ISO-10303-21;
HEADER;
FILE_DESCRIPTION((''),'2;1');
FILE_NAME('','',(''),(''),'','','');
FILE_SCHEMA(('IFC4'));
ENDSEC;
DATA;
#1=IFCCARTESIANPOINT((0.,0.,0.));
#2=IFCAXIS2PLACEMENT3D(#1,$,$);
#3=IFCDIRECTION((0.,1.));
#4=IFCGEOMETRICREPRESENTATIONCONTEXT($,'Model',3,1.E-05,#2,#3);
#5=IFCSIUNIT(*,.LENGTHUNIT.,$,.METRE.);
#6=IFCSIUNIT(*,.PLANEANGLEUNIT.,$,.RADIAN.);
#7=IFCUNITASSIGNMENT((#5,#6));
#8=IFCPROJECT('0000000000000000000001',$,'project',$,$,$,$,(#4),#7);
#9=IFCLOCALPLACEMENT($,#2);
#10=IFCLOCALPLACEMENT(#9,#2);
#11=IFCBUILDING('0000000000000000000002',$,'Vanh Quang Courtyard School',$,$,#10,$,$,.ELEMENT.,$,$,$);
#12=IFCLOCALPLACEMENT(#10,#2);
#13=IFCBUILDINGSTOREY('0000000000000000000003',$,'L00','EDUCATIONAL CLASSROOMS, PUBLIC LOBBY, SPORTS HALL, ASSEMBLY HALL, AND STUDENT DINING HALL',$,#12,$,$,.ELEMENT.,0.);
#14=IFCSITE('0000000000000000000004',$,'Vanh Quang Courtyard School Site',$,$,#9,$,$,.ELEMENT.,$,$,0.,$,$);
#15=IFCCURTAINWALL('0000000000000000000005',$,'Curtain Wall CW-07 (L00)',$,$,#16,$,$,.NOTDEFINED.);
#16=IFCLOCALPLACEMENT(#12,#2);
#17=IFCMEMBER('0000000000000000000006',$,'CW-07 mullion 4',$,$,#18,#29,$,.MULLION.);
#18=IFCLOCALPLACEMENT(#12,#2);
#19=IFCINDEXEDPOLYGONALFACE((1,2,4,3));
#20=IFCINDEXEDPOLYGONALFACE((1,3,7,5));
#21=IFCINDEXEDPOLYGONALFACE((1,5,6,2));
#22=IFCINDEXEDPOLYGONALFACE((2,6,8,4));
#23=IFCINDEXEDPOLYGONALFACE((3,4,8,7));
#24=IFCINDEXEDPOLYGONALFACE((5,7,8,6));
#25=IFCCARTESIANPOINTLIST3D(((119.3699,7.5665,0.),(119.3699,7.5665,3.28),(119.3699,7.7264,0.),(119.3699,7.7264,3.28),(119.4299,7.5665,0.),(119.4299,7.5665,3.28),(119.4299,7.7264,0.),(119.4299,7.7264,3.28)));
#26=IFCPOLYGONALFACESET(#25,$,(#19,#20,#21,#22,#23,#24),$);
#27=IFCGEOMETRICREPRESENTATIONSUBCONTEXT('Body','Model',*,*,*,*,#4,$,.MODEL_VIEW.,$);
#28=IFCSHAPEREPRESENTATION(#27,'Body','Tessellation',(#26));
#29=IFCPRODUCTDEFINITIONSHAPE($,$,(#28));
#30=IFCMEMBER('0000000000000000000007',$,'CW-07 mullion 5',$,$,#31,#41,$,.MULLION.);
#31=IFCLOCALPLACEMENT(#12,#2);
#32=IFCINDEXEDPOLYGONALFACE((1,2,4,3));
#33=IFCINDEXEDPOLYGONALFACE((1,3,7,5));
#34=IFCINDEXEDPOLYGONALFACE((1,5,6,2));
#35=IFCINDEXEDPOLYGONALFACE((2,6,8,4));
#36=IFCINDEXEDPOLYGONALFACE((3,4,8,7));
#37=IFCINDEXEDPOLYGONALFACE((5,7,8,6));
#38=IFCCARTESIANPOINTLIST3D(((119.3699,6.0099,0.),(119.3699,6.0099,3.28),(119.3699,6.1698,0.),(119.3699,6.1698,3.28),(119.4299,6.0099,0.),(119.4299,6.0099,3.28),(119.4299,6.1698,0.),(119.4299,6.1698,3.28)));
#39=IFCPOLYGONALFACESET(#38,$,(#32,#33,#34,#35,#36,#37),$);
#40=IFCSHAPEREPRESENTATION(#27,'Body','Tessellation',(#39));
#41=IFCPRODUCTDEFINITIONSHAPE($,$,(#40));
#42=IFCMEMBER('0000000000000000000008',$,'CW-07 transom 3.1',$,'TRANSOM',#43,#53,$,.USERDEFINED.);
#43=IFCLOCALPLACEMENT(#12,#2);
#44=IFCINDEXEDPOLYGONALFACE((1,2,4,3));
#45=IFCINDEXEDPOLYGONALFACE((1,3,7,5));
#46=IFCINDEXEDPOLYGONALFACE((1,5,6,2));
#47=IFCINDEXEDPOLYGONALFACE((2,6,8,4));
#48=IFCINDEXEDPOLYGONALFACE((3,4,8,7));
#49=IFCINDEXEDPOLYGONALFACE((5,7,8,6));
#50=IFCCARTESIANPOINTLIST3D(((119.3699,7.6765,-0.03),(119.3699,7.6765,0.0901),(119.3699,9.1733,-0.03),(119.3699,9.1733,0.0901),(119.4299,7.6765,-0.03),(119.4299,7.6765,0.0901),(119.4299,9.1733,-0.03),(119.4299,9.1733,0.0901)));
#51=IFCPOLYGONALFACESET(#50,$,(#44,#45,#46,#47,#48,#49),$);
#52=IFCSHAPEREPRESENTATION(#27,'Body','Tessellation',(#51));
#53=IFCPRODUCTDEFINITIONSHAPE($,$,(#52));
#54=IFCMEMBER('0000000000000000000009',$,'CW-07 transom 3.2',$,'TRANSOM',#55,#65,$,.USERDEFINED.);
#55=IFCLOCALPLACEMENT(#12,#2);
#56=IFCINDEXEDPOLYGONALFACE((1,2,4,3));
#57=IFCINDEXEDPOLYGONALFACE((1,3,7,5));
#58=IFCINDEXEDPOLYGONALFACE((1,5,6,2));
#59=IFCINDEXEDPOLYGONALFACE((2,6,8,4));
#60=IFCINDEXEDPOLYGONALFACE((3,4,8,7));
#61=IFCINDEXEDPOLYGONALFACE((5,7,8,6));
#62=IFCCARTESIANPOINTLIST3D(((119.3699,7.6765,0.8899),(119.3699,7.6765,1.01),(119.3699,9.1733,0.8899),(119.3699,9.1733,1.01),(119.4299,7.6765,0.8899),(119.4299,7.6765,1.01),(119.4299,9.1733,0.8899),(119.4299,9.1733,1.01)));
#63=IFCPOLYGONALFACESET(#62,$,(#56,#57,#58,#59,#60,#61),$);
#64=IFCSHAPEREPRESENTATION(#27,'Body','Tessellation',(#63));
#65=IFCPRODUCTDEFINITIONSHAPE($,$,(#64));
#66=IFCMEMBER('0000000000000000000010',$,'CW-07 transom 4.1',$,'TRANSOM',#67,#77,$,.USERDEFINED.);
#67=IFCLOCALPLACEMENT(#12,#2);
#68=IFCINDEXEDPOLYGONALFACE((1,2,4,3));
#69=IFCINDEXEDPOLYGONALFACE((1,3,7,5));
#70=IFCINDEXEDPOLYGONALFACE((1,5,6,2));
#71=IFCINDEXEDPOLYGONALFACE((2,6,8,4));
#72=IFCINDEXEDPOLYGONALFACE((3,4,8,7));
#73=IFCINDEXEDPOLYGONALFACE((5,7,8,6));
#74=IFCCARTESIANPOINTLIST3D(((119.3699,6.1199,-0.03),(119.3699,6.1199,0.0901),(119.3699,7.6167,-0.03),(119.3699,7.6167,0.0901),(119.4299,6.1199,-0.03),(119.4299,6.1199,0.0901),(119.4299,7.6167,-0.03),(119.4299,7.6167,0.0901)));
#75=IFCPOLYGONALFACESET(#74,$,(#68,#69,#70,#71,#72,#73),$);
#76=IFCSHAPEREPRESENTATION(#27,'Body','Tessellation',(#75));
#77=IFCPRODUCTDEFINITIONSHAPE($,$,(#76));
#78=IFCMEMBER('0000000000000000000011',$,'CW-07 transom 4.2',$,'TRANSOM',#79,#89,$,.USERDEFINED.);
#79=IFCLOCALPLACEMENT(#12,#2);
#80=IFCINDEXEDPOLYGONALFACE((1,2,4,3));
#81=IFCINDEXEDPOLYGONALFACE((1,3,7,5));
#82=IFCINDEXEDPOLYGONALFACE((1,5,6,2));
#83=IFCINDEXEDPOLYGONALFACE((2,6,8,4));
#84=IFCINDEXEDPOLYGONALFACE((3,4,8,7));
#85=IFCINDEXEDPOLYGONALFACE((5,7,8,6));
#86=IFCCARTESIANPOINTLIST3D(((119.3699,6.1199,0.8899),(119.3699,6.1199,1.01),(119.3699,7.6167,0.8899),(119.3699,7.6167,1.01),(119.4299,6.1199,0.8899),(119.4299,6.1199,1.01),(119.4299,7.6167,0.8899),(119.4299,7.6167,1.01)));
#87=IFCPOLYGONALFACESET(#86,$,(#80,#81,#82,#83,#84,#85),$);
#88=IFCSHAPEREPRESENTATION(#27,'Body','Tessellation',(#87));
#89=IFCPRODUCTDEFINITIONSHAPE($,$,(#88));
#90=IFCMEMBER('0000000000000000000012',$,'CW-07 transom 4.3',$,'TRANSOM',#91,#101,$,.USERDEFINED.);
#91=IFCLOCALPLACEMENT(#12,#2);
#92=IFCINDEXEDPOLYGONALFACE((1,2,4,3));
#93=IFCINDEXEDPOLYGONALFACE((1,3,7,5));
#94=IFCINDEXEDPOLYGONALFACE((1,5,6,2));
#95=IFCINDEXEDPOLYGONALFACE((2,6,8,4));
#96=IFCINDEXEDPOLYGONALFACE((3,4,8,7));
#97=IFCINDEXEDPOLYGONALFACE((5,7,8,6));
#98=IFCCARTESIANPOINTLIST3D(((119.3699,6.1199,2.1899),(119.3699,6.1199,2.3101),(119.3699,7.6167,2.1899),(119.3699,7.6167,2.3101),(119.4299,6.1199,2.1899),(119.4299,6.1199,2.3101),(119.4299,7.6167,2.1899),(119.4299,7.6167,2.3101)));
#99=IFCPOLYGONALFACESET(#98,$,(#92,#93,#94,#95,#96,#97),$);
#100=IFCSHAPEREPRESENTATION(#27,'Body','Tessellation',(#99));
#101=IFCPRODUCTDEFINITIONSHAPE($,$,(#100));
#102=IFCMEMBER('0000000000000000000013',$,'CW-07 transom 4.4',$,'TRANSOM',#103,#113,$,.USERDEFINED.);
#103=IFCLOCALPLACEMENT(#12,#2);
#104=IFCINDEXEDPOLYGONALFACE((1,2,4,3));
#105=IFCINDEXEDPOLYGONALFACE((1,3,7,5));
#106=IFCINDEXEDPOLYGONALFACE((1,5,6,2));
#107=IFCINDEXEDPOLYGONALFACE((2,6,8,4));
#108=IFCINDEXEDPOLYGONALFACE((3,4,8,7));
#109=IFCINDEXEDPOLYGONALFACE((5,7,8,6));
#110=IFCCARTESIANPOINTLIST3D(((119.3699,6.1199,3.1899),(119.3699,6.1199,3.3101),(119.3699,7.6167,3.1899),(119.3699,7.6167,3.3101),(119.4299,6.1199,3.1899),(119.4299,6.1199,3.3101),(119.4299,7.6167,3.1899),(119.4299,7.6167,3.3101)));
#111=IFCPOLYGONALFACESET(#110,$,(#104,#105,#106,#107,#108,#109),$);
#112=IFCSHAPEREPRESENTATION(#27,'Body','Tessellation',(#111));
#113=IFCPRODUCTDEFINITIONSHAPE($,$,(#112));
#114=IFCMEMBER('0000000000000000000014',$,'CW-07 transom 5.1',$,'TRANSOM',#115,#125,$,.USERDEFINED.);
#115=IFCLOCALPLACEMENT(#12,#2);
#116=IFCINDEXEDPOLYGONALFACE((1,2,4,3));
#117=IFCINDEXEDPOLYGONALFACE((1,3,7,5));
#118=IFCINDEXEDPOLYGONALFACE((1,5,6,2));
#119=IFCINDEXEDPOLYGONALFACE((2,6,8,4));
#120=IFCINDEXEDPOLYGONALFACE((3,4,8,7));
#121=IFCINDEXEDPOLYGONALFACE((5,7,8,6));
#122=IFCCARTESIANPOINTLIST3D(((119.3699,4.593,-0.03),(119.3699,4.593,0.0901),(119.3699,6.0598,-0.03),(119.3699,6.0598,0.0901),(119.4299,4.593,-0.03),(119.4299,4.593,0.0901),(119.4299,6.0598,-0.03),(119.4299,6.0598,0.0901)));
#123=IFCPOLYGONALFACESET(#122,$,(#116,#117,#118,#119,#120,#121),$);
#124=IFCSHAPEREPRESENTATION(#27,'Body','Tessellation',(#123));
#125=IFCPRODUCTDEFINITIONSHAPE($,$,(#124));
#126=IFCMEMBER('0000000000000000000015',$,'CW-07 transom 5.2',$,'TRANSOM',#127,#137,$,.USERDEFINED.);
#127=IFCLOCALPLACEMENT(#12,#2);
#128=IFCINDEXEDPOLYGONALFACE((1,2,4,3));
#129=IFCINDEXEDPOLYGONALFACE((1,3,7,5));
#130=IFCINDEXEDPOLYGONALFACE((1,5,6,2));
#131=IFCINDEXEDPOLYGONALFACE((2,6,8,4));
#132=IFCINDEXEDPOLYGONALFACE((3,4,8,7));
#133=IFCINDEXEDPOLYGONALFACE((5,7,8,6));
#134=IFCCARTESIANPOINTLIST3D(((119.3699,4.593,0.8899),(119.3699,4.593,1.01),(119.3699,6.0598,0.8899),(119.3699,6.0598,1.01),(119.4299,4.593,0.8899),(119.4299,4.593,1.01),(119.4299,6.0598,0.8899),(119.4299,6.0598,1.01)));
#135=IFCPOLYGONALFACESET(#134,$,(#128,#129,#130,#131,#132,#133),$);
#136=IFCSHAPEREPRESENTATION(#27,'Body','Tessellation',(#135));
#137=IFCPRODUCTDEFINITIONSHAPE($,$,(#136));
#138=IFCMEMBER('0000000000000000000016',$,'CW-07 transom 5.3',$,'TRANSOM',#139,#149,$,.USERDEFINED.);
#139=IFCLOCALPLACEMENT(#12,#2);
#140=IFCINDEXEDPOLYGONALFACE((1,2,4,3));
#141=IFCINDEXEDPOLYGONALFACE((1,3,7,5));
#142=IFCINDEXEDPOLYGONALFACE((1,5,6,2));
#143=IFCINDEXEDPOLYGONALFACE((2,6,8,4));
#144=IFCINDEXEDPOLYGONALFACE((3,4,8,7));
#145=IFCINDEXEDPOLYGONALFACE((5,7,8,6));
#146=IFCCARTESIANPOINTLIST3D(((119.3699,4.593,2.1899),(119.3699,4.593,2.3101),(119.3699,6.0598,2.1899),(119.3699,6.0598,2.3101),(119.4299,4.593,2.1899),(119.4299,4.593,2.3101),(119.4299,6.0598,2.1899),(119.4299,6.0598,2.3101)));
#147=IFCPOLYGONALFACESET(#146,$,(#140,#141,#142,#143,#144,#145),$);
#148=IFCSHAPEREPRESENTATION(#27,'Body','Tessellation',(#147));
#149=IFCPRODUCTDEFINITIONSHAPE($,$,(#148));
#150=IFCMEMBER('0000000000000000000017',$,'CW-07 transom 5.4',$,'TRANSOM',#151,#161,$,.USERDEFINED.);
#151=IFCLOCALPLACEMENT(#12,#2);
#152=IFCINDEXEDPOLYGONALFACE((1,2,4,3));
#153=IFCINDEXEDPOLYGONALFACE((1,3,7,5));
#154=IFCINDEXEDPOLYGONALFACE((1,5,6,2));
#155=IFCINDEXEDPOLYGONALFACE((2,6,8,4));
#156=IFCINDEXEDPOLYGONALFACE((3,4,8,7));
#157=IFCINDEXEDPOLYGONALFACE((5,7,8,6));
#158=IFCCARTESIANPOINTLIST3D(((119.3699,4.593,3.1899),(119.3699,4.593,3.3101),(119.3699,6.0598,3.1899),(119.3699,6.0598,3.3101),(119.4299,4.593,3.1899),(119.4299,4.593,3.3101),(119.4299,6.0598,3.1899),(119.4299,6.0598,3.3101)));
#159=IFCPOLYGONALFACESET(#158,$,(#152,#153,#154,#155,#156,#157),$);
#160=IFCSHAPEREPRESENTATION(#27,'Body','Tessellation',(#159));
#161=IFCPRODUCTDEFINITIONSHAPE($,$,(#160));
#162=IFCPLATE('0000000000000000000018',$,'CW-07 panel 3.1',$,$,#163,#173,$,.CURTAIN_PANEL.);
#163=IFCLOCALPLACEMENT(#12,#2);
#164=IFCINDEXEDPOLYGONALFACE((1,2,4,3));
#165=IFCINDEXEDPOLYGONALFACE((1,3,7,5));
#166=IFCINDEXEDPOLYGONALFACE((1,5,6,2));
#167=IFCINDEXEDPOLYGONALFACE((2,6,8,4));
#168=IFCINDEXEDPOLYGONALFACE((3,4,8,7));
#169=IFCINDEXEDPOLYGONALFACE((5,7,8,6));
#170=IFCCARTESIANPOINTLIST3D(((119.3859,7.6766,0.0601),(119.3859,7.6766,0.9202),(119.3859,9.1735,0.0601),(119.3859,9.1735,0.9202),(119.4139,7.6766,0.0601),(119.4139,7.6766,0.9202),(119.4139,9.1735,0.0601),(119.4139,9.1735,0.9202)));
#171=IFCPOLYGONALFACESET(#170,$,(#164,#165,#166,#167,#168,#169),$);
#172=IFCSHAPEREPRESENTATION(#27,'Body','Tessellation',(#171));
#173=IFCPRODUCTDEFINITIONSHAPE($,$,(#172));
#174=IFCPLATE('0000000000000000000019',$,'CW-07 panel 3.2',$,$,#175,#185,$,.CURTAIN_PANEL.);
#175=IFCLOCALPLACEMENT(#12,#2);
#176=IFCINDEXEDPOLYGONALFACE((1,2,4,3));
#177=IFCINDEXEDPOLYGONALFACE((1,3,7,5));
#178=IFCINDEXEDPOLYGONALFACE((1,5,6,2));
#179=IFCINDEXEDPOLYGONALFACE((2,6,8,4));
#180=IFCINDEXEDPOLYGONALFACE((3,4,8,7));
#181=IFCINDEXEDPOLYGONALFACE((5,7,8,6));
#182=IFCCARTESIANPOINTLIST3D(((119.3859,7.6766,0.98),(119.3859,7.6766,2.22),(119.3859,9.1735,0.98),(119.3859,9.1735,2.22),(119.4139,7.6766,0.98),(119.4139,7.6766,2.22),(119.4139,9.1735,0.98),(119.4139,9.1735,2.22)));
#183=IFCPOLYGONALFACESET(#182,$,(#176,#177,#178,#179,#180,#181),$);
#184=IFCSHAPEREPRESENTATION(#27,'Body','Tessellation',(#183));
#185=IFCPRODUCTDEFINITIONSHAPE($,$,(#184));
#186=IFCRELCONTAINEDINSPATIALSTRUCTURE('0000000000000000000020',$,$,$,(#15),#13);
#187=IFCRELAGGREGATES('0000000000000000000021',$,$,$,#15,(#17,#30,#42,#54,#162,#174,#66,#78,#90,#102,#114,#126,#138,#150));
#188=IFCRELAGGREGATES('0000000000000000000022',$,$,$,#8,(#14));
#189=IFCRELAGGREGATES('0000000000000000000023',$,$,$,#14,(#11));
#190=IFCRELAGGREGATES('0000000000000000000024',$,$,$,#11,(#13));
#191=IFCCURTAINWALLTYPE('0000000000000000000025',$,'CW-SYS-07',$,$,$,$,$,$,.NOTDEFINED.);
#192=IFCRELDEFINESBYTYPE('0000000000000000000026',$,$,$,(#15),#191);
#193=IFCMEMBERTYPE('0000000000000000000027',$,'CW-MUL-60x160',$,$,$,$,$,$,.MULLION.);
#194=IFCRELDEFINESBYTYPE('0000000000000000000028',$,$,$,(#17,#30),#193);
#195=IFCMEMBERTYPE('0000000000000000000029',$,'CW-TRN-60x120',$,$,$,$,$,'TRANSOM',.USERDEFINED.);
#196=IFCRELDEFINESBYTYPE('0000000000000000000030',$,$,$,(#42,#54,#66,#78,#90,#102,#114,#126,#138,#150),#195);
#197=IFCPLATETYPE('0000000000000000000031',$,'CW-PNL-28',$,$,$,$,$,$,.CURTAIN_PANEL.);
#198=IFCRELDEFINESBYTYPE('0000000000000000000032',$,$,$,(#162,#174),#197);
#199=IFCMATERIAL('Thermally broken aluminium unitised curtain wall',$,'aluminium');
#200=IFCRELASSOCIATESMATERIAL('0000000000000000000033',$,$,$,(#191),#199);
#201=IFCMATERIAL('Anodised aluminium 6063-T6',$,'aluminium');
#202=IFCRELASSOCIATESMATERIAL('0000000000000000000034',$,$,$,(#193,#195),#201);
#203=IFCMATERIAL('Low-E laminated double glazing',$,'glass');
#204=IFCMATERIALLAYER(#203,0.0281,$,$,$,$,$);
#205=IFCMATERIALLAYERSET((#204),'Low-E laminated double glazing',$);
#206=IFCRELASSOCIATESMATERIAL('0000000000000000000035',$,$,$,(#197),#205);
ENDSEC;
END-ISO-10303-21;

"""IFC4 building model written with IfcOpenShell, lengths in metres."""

from ifc_helpers import new_model, si_unit, direction, frame, origin, origin_2d, place, context, subcontext, project, spatial, rectangle, extrude, material, layer, layer_set, material_profile, profile_set, type_object, element, aggregate, save


model = new_model("IFC4")

# Units and contexts
model_context = context("Model", 3, precision=1e-05, world=origin(), true_north=direction((0.0, 1.0)))
body_context = subcontext(model_context, "Body", "Model", "MODEL_VIEW")
ifc_project = project(units=[si_unit("LENGTHUNIT", "METRE"), si_unit("PLANEANGLEUNIT", "RADIAN")], contexts=[model_context])

# Site, building, storey
site_placement = place(None, origin())
site = spatial("IfcSite", under=ifc_project, at=site_placement, Name="Vanh Quang Courtyard School Site", CompositionType="ELEMENT", RefElevation=0.0)
building_placement = place(site_placement, origin())
building = spatial("IfcBuilding", under=site, at=building_placement, Name="Vanh Quang Courtyard School", CompositionType="ELEMENT")
storey_placement = place(building_placement, origin())
storey = spatial("IfcBuildingStorey", under=building, at=storey_placement, Name="L00", Description="EDUCATIONAL CLASSROOMS, PUBLIC LOBBY, SPORTS HALL, ASSEMBLY HALL, AND STUDENT DINING HALL", CompositionType="ELEMENT", Elevation=0.0)

# Curtain wall, members, plates
ifc_material_1 = material(Name="Thermally broken aluminium unitised curtain wall", Category="aluminium")
curtain_wall_type = type_object("IfcCurtainWallType", Name="CW-SYS-07", PredefinedType="NOTDEFINED", material=ifc_material_1)
curtain_wall_placement = place(storey_placement, origin())
curtain_wall = element("IfcCurtainWall", 1, at=curtain_wall_placement, inside=storey, type_object=curtain_wall_type, Name="Curtain Wall CW-07 (L00)", PredefinedType="NOTDEFINED")
ifc_material_2 = material(Name="Anodised aluminium 6063-T6", Category="aluminium")
ifc_material_profile_1 = material_profile(ifc_material_2, rectangle(XDim=0.0601, YDim=0.1599, at=origin_2d()), Name="ALU-MUL 60x160")
ifc_profile_set_1 = profile_set([ifc_material_profile_1], Name="Anodised aluminium 6063-T6")
member_type_1 = type_object("IfcMemberType", Name="CW-MUL-60x160", PredefinedType="MULLION", material=ifc_profile_set_1)
member_1_placement = place(storey_placement, frame((119.3999, 7.6465, 0.0), z_axis=(0.0, 0.0, 1.0), x_axis=(1.0, 0.0, 0.0)))
member_1 = element("IfcMember", 2, at=member_1_placement, type_object=member_type_1, Name="CW-07 mullion 4", PredefinedType="MULLION", context=body_context, shape_type="SweptSolid", body=[
    extrude(rectangle(XDim=0.0601, YDim=0.1599, at=origin_2d()), origin(), (0.0, 0.0, 1.0), 3.28),
])
member_2_placement = place(storey_placement, frame((119.3999, 6.0898, 0.0), z_axis=(0.0, 0.0, 1.0), x_axis=(1.0, 0.0, 0.0)))
member_2 = element("IfcMember", 3, at=member_2_placement, type_object=member_type_1, Name="CW-07 mullion 5", PredefinedType="MULLION", context=body_context, shape_type="SweptSolid", body=[
    extrude(rectangle(XDim=0.0601, YDim=0.1599, at=origin_2d()), origin(), (0.0, 0.0, 1.0), 3.28),
])
ifc_material_profile_2 = material_profile(ifc_material_2, rectangle(XDim=0.0601, YDim=0.1201, at=origin_2d()), Name="ALU-TRN 60x120")
ifc_profile_set_2 = profile_set([ifc_material_profile_2], Name="Anodised aluminium 6063-T6")
member_type_2 = type_object("IfcMemberType", Name="CW-TRN-60x120", ElementType="TRANSOM", PredefinedType="USERDEFINED", material=ifc_profile_set_2)
member_3_placement = place(storey_placement, frame((119.3999, 9.1733, 0.03), z_axis=(0.0, -1.0, 0.0), x_axis=(1.0, 0.0, 0.0)))
member_3 = element("IfcMember", 4, at=member_3_placement, type_object=member_type_2, Name="CW-07 transom 3.1", ObjectType="TRANSOM", PredefinedType="USERDEFINED", context=body_context, shape_type="SweptSolid", body=[
    extrude(rectangle(XDim=0.0601, YDim=0.1201, at=origin_2d()), origin(), (0.0, 0.0, 1.0), 1.4968),
])
member_4_placement = place(storey_placement, frame((119.3999, 9.1733, 0.95), z_axis=(0.0, -1.0, 0.0), x_axis=(1.0, 0.0, 0.0)))
member_4 = element("IfcMember", 5, at=member_4_placement, type_object=member_type_2, Name="CW-07 transom 3.2", ObjectType="TRANSOM", PredefinedType="USERDEFINED", context=body_context, shape_type="SweptSolid", body=[
    extrude(rectangle(XDim=0.0601, YDim=0.1201, at=origin_2d()), origin(), (0.0, 0.0, 1.0), 1.4968),
])
member_5_placement = place(storey_placement, frame((119.3999, 7.6167, 0.03), z_axis=(0.0, -1.0, 0.0), x_axis=(1.0, 0.0, 0.0)))
member_5 = element("IfcMember", 6, at=member_5_placement, type_object=member_type_2, Name="CW-07 transom 4.1", ObjectType="TRANSOM", PredefinedType="USERDEFINED", context=body_context, shape_type="SweptSolid", body=[
    extrude(rectangle(XDim=0.0601, YDim=0.1201, at=origin_2d()), origin(), (0.0, 0.0, 1.0), 1.4968),
])
member_6_placement = place(storey_placement, frame((119.3999, 7.6167, 0.95), z_axis=(0.0, -1.0, 0.0), x_axis=(1.0, 0.0, 0.0)))
member_6 = element("IfcMember", 7, at=member_6_placement, type_object=member_type_2, Name="CW-07 transom 4.2", ObjectType="TRANSOM", PredefinedType="USERDEFINED", context=body_context, shape_type="SweptSolid", body=[
    extrude(rectangle(XDim=0.0601, YDim=0.1201, at=origin_2d()), origin(), (0.0, 0.0, 1.0), 1.4968),
])
member_7_placement = place(storey_placement, frame((119.3999, 7.6167, 2.25), z_axis=(0.0, -1.0, 0.0), x_axis=(1.0, 0.0, 0.0)))
member_7 = element("IfcMember", 8, at=member_7_placement, type_object=member_type_2, Name="CW-07 transom 4.3", ObjectType="TRANSOM", PredefinedType="USERDEFINED", context=body_context, shape_type="SweptSolid", body=[
    extrude(rectangle(XDim=0.0601, YDim=0.1201, at=origin_2d()), origin(), (0.0, 0.0, 1.0), 1.4968),
])
member_8_placement = place(storey_placement, frame((119.3999, 7.6167, 3.25), z_axis=(0.0, -1.0, 0.0), x_axis=(1.0, 0.0, 0.0)))
member_8 = element("IfcMember", 9, at=member_8_placement, type_object=member_type_2, Name="CW-07 transom 4.4", ObjectType="TRANSOM", PredefinedType="USERDEFINED", context=body_context, shape_type="SweptSolid", body=[
    extrude(rectangle(XDim=0.0601, YDim=0.1201, at=origin_2d()), origin(), (0.0, 0.0, 1.0), 1.4968),
])
member_9_placement = place(storey_placement, frame((119.3999, 6.0598, 0.03), z_axis=(0.0, -1.0, 0.0), x_axis=(1.0, 0.0, 0.0)))
member_9 = element("IfcMember", 10, at=member_9_placement, type_object=member_type_2, Name="CW-07 transom 5.1", ObjectType="TRANSOM", PredefinedType="USERDEFINED", context=body_context, shape_type="SweptSolid", body=[
    extrude(rectangle(XDim=0.0601, YDim=0.1201, at=origin_2d()), origin(), (0.0, 0.0, 1.0), 1.4668),
])
member_10_placement = place(storey_placement, frame((119.3999, 6.0598, 0.95), z_axis=(0.0, -1.0, 0.0), x_axis=(1.0, 0.0, 0.0)))
member_10 = element("IfcMember", 11, at=member_10_placement, type_object=member_type_2, Name="CW-07 transom 5.2", ObjectType="TRANSOM", PredefinedType="USERDEFINED", context=body_context, shape_type="SweptSolid", body=[
    extrude(rectangle(XDim=0.0601, YDim=0.1201, at=origin_2d()), origin(), (0.0, 0.0, 1.0), 1.4668),
])
member_11_placement = place(storey_placement, frame((119.3999, 6.0598, 2.25), z_axis=(0.0, -1.0, 0.0), x_axis=(1.0, 0.0, 0.0)))
member_11 = element("IfcMember", 12, at=member_11_placement, type_object=member_type_2, Name="CW-07 transom 5.3", ObjectType="TRANSOM", PredefinedType="USERDEFINED", context=body_context, shape_type="SweptSolid", body=[
    extrude(rectangle(XDim=0.0601, YDim=0.1201, at=origin_2d()), origin(), (0.0, 0.0, 1.0), 1.4668),
])
member_12_placement = place(storey_placement, frame((119.3999, 6.0598, 3.25), z_axis=(0.0, -1.0, 0.0), x_axis=(1.0, 0.0, 0.0)))
member_12 = element("IfcMember", 13, at=member_12_placement, type_object=member_type_2, Name="CW-07 transom 5.4", ObjectType="TRANSOM", PredefinedType="USERDEFINED", context=body_context, shape_type="SweptSolid", body=[
    extrude(rectangle(XDim=0.0601, YDim=0.1201, at=origin_2d()), origin(), (0.0, 0.0, 1.0), 1.4668),
])
ifc_material_3 = material(Name="Low-E laminated double glazing", Category="glass")
ifc_layer = layer(ifc_material_3, 0.0281)
ifc_layer_set = layer_set([ifc_layer], Name="Low-E laminated double glazing")
plate_type = type_object("IfcPlateType", Name="CW-PNL-28", PredefinedType="CURTAIN_PANEL", material=ifc_layer_set)
plate_1_placement = place(storey_placement, frame((119.3999, 8.425, 0.0601), z_axis=(0.0, 0.0, 1.0), x_axis=(0.0, -1.0, 0.0)))
plate_1 = element("IfcPlate", 14, at=plate_1_placement, type_object=plate_type, Name="CW-07 panel 3.1", PredefinedType="CURTAIN_PANEL", context=body_context, shape_type="SweptSolid", body=[
    extrude(rectangle(XDim=1.4968, YDim=0.0281, at=origin_2d()), origin(), (0.0, 0.0, 1.0), 0.8601),
])
plate_2_placement = place(storey_placement, frame((119.3999, 8.425, 0.98), z_axis=(0.0, 0.0, 1.0), x_axis=(0.0, -1.0, 0.0)))
plate_2 = element("IfcPlate", 15, at=plate_2_placement, type_object=plate_type, Name="CW-07 panel 3.2", PredefinedType="CURTAIN_PANEL", context=body_context, shape_type="SweptSolid", body=[
    extrude(rectangle(XDim=1.4968, YDim=0.0281, at=origin_2d()), origin(), (0.0, 0.0, 1.0), 1.24),
])
aggregate(curtain_wall, [member_1, member_2, member_3, member_4, plate_1, plate_2, member_5, member_6, member_7, member_8, member_9, member_10, member_11, member_12])

save(model, "model.ifc")
